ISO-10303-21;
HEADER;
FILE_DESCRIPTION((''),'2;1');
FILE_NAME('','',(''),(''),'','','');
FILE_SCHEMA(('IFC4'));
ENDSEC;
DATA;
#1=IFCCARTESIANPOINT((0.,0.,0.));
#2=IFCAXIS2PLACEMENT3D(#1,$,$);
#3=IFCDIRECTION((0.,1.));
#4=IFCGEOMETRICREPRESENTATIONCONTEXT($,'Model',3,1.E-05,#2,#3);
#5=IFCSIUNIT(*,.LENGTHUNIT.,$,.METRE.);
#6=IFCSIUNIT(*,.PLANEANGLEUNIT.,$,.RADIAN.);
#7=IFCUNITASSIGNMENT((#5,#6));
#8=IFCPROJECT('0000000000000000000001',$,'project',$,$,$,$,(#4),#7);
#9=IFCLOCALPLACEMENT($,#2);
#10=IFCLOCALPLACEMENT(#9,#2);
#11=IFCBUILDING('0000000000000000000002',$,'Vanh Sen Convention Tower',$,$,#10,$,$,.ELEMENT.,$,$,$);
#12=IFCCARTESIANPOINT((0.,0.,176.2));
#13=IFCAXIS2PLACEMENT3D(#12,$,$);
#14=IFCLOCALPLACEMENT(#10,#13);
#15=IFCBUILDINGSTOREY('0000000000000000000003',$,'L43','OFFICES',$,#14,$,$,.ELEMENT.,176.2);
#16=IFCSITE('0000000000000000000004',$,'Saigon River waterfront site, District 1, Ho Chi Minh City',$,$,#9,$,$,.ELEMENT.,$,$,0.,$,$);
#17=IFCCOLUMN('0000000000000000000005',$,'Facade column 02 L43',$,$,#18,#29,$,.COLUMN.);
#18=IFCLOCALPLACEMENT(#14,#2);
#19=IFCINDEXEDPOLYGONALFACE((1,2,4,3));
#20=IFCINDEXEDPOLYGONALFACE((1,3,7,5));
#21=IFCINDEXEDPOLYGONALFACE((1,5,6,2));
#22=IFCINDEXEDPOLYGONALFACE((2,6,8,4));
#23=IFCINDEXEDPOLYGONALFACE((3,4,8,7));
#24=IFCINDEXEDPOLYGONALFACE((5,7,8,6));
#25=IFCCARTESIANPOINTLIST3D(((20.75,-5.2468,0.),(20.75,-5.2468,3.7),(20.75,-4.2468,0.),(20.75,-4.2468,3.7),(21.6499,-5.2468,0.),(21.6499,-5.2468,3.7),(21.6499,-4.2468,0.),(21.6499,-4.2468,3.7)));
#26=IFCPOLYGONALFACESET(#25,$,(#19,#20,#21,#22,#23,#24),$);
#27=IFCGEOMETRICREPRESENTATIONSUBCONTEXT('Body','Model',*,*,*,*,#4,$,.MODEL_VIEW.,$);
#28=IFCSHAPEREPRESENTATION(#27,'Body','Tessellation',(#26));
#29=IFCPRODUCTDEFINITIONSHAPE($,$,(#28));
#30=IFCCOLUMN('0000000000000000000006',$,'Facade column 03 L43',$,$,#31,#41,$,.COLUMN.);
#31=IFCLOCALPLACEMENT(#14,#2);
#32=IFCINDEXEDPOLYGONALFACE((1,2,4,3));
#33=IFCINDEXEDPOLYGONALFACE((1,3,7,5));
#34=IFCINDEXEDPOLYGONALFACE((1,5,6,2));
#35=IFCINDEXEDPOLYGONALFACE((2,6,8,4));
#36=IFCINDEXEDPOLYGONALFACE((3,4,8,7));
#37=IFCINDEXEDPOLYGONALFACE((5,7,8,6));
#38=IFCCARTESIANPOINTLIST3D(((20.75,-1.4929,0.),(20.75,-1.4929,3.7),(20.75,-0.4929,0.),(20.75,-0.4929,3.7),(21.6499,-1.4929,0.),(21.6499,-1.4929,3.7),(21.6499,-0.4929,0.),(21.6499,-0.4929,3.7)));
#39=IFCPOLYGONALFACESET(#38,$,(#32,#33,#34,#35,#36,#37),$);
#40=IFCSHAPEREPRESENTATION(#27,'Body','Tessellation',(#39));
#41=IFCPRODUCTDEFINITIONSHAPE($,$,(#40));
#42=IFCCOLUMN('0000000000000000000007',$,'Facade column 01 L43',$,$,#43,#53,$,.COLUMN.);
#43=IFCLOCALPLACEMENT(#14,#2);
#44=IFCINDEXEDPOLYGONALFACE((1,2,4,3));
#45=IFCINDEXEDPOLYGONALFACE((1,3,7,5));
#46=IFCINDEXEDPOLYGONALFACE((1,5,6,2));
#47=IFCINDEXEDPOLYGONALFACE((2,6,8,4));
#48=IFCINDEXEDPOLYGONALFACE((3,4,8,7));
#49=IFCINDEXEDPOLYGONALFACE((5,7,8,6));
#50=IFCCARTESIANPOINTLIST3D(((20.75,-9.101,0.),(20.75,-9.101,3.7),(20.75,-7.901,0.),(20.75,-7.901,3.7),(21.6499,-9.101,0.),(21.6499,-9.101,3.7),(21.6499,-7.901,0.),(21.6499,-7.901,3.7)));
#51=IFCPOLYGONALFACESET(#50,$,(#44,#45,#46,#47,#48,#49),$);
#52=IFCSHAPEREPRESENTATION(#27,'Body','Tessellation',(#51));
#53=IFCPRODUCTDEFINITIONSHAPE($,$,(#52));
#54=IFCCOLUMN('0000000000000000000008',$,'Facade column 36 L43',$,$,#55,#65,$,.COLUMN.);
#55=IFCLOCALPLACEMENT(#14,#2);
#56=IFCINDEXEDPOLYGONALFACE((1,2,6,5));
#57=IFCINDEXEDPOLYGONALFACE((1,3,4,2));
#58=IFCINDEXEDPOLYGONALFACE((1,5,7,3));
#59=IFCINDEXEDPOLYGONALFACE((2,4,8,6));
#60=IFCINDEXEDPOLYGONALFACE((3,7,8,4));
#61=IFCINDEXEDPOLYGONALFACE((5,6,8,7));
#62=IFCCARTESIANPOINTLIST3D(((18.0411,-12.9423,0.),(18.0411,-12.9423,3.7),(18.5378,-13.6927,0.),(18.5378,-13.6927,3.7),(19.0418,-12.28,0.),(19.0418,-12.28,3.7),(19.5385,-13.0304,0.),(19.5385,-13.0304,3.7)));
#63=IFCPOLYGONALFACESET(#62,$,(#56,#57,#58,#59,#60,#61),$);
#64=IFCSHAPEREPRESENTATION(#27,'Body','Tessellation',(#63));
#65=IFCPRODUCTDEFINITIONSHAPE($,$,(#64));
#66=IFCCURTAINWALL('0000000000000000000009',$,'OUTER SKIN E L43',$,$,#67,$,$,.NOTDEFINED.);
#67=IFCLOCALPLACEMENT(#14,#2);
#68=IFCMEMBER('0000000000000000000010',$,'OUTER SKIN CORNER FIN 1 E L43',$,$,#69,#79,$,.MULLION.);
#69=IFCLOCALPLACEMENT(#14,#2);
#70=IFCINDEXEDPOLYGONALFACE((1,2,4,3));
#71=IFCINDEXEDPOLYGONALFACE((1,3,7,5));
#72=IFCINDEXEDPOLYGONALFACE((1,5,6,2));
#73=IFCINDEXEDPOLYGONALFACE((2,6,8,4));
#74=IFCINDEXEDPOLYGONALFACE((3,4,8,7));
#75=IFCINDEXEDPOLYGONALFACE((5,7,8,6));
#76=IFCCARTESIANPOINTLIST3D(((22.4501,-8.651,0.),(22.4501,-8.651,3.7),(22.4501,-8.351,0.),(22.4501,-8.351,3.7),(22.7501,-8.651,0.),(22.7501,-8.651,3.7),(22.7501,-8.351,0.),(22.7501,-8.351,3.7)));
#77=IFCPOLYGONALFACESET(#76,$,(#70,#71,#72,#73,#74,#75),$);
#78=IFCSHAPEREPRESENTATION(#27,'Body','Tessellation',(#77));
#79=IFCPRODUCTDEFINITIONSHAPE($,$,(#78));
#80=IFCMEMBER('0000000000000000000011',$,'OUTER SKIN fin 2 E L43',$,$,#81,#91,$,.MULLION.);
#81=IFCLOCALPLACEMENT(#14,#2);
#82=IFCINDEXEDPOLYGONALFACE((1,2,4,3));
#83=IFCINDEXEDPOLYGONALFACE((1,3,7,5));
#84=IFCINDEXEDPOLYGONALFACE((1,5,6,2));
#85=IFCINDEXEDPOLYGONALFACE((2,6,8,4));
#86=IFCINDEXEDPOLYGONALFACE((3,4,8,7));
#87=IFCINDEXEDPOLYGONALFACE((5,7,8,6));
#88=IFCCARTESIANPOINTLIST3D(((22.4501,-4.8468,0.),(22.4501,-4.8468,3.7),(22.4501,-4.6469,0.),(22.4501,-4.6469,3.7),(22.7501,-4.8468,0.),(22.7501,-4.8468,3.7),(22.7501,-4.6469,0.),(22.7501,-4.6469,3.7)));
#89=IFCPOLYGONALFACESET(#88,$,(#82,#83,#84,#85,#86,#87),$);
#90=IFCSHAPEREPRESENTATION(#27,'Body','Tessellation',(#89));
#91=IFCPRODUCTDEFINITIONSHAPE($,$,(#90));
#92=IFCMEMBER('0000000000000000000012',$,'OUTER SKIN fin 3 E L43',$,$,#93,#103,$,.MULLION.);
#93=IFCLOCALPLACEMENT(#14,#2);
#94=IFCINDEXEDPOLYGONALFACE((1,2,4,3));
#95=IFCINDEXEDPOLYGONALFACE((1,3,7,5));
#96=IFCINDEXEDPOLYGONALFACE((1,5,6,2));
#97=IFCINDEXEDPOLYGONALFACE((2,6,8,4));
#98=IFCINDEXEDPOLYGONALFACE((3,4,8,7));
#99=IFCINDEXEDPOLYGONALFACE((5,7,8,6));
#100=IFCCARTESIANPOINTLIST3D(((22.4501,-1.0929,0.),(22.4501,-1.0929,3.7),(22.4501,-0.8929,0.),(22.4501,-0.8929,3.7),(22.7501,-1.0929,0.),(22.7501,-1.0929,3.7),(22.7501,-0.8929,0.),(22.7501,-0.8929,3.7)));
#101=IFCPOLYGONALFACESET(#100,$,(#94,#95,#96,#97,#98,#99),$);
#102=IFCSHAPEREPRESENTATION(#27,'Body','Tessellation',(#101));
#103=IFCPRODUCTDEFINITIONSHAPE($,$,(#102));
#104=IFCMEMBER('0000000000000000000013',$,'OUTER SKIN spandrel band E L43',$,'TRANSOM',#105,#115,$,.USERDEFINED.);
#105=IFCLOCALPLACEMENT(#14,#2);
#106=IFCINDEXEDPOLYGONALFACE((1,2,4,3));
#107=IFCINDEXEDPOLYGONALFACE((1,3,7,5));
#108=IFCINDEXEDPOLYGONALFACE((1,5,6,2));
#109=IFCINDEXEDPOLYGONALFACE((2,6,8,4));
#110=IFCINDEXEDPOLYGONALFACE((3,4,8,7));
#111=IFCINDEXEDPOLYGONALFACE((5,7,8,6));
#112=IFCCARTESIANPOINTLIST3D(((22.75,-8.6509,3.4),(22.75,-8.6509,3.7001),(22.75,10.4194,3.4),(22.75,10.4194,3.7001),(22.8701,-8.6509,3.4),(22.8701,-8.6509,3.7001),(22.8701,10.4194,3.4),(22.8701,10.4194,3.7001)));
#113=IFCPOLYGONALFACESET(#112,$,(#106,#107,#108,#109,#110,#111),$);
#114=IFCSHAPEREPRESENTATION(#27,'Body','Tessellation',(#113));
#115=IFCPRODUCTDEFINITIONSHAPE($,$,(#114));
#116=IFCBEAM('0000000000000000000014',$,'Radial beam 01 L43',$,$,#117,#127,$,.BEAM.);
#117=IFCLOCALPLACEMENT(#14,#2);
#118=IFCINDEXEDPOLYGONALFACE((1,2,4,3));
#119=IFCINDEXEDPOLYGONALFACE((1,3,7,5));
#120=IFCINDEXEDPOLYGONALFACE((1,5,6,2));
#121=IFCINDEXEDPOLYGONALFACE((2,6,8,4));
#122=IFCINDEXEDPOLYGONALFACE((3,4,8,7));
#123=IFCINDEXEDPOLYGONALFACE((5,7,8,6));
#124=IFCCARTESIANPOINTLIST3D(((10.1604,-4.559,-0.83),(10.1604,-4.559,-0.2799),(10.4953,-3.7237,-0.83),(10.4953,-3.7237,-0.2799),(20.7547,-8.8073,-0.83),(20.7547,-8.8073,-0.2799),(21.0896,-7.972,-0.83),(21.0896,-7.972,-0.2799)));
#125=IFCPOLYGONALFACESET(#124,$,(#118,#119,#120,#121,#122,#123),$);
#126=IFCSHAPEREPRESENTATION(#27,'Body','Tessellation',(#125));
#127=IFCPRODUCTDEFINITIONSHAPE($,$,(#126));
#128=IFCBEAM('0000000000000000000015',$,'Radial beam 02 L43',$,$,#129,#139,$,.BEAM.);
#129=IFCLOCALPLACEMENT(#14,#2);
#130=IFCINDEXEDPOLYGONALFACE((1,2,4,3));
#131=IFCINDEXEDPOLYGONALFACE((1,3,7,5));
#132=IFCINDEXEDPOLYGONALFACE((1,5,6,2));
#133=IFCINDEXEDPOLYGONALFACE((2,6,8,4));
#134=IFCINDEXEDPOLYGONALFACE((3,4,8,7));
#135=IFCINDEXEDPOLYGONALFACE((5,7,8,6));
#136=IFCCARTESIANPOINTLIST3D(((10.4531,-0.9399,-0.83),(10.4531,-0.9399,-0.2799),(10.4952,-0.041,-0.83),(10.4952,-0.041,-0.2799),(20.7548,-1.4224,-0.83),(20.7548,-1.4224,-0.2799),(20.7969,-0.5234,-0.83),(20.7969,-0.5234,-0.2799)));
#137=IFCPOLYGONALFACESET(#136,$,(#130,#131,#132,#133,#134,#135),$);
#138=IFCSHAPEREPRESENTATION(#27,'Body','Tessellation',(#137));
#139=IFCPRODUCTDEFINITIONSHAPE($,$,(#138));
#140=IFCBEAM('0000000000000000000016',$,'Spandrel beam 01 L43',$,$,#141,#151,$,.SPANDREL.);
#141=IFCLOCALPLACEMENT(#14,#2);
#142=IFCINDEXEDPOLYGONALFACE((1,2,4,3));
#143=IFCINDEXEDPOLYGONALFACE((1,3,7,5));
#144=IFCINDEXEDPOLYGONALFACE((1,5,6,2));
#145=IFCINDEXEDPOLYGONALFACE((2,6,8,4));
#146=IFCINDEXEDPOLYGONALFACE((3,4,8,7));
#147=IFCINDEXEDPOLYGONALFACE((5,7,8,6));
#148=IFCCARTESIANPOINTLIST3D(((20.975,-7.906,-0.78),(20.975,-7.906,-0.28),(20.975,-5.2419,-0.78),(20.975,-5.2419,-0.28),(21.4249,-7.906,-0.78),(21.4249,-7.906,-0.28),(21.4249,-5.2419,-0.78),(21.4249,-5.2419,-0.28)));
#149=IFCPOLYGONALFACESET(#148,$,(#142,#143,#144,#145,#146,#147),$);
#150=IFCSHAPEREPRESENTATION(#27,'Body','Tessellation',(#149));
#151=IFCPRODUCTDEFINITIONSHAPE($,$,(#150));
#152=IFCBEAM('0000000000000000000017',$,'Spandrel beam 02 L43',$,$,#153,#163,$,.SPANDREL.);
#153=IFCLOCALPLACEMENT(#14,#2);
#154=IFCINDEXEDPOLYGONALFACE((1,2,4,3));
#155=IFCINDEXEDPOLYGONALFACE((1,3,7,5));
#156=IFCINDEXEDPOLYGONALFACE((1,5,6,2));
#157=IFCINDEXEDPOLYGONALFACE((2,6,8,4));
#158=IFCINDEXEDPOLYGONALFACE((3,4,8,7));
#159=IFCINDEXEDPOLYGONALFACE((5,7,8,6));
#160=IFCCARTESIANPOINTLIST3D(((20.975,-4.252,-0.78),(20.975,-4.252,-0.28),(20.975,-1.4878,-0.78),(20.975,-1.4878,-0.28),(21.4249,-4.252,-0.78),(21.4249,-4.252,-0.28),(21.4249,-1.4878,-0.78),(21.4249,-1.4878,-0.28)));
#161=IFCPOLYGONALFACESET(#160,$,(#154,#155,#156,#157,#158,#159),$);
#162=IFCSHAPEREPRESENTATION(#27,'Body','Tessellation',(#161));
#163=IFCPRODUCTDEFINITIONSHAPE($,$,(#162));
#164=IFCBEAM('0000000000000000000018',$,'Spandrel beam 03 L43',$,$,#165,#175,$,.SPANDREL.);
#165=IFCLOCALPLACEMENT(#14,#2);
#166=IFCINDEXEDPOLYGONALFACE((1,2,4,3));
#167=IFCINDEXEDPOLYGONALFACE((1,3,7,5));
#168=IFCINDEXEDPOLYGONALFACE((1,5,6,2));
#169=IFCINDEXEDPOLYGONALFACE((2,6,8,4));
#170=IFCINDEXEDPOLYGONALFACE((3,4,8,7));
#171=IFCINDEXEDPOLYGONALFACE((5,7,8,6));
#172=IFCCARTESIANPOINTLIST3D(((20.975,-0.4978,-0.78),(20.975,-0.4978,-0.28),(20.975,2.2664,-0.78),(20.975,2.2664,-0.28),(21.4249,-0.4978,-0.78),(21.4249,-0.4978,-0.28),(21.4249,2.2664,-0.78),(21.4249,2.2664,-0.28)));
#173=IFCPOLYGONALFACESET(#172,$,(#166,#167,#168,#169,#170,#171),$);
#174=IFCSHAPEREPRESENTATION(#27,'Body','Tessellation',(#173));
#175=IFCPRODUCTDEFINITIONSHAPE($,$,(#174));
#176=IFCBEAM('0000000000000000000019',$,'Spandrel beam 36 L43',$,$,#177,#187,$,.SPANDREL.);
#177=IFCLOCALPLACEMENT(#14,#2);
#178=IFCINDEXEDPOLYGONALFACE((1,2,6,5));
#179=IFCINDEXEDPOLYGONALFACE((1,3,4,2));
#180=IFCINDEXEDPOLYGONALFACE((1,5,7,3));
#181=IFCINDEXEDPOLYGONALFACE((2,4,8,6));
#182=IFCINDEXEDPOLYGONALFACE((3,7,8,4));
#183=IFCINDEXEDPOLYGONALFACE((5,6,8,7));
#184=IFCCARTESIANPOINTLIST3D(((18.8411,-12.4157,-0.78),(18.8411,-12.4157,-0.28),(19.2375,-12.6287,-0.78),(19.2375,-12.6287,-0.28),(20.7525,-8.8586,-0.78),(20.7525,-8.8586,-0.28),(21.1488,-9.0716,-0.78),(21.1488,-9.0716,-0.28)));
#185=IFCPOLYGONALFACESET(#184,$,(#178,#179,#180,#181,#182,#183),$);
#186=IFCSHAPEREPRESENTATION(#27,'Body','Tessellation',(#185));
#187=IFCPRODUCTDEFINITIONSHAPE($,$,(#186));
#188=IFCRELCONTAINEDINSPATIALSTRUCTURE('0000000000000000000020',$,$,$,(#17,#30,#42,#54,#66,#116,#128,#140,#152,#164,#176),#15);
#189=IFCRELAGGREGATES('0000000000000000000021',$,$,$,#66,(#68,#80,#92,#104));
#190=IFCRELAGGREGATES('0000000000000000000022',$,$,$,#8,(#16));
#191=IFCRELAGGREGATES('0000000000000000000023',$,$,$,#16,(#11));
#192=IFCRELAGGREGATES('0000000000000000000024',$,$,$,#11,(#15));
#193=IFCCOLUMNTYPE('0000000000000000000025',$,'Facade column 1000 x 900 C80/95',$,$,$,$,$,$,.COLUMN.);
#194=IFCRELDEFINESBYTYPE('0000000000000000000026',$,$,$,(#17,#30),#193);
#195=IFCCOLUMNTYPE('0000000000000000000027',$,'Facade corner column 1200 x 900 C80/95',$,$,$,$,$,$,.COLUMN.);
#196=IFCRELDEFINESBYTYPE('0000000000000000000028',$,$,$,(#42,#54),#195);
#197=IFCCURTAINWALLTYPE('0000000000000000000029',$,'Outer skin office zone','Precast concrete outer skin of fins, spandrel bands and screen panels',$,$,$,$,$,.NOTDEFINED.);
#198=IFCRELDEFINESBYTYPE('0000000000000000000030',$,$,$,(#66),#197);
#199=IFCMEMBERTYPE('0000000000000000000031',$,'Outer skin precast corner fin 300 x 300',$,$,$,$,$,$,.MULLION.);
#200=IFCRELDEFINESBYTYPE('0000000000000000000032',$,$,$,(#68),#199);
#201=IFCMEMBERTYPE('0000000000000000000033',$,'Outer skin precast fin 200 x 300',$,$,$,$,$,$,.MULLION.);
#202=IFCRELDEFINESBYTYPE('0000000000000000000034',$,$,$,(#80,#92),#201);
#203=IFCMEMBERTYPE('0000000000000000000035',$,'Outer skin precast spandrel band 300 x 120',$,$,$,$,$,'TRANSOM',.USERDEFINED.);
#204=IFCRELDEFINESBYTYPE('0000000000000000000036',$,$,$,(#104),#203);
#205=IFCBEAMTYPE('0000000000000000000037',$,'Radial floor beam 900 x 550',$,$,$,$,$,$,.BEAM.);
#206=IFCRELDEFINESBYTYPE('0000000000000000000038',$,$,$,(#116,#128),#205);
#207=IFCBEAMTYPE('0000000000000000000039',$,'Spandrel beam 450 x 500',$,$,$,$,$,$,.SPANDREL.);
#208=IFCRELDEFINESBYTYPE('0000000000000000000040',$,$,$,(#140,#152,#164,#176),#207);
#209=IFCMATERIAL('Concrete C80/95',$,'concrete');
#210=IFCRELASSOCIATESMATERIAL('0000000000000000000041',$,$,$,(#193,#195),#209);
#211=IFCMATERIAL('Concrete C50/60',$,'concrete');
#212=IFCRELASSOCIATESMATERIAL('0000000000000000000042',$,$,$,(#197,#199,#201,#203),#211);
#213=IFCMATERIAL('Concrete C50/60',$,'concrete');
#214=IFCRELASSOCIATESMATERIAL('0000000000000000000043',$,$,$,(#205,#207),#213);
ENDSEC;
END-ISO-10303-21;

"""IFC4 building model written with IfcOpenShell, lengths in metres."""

from ifc_helpers import new_model, si_unit, direction, frame, origin, origin_2d, place, context, subcontext, project, spatial, rectangle, extrude, material, material_profile, profile_set, type_object, element, aggregate, save


model = new_model("IFC4")

# Units and contexts
model_context = context("Model", 3, precision=1e-05, world=origin(), true_north=direction((0.0, 1.0)))
body_context = subcontext(model_context, "Body", "Model", "MODEL_VIEW")
ifc_project = project(units=[si_unit("LENGTHUNIT", "METRE"), si_unit("PLANEANGLEUNIT", "RADIAN")], contexts=[model_context])

# Site, building, storey
site_placement = place(None, origin())
site = spatial("IfcSite", under=ifc_project, at=site_placement, Name="Saigon River waterfront site, District 1, Ho Chi Minh City", CompositionType="ELEMENT", RefElevation=0.0)
building_placement = place(site_placement, origin())
building = spatial("IfcBuilding", under=site, at=building_placement, Name="Vanh Sen Convention Tower", CompositionType="ELEMENT")
storey_placement = place(building_placement, frame((0.0, 0.0, 176.2)))
storey = spatial("IfcBuildingStorey", under=building, at=storey_placement, Name="L43", Description="OFFICES", CompositionType="ELEMENT", Elevation=176.2)

# Columns
ifc_material_1 = material(Name="Concrete C80/95", Category="concrete")
ifc_material_profile_1 = material_profile(ifc_material_1, rectangle(XDim=1.0, YDim=0.8999, at=origin_2d()), Name="RC 1000X900")
ifc_profile_set_1 = profile_set([ifc_material_profile_1], Name="Concrete C80/95")
column_type_1 = type_object("IfcColumnType", Name="Facade column 1000 x 900 C80/95", PredefinedType="COLUMN", material=ifc_profile_set_1)
for number, where, z_axis, x_axis, name in (
    (1, (21.2, -4.7468, 0.0), (0.0, 0.0, 1.0), (0.0, 1.0, 0.0), "Facade column 02 L43"),
    (2, (21.2, -0.9929, 0.0), (0.0, 0.0, 1.0), (0.0, 1.0, 0.0), "Facade column 03 L43"),
):
    element("IfcColumn", number, at=place(storey_placement, frame(where, z_axis=z_axis, x_axis=x_axis)), inside=storey, type_object=column_type_1, Name=name, PredefinedType="COLUMN", context=body_context, shape_type="SweptSolid", body=[
        extrude(rectangle(XDim=1.0, YDim=0.8999, at=origin_2d()), origin(), (0.0, 0.0, 1.0), 3.7),
    ])
ifc_material_profile_2 = material_profile(ifc_material_1, rectangle(XDim=1.2, YDim=0.8999, at=origin_2d()), Name="RC 1200X900")
ifc_profile_set_2 = profile_set([ifc_material_profile_2], Name="Concrete C80/95")
column_type_2 = type_object("IfcColumnType", Name="Facade corner column 1200 x 900 C80/95", PredefinedType="COLUMN", material=ifc_profile_set_2)
for number, where, z_axis, x_axis, name in (
    (3, (21.2, -8.501, 0.0), (0.0, 0.0, 1.0), (0.0, 1.0, 0.0), "Facade column 01 L43"),
    (4, (18.7898, -12.9863, 0.0), (0.0, 0.0, 1.0), (0.833886, 0.551937, 0.0), "Facade column 36 L43"),
):
    element("IfcColumn", number, at=place(storey_placement, frame(where, z_axis=z_axis, x_axis=x_axis)), inside=storey, type_object=column_type_2, Name=name, PredefinedType="COLUMN", context=body_context, shape_type="SweptSolid", body=[
        extrude(rectangle(XDim=1.2, YDim=0.8999, at=origin_2d()), origin(), (0.0, 0.0, 1.0), 3.7),
    ])

# Curtain wall, members
ifc_material_2 = material(Name="Concrete C50/60", Category="concrete")
curtain_wall_type = type_object("IfcCurtainWallType", Name="Outer skin office zone", Description="Precast concrete outer skin of fins, spandrel bands and screen panels", PredefinedType="NOTDEFINED", material=ifc_material_2)
curtain_wall_1_placement = place(storey_placement, origin())
curtain_wall_1 = element("IfcCurtainWall", 5, at=curtain_wall_1_placement, inside=storey, type_object=curtain_wall_type, Name="OUTER SKIN E L43", PredefinedType="NOTDEFINED")
ifc_material_profile_3 = material_profile(ifc_material_2, rectangle(XDim=0.3, YDim=0.3, at=origin_2d()), Name="Outer skin precast corner fin 300 x 300")
ifc_profile_set_3 = profile_set([ifc_material_profile_3], Name="Concrete C50/60")
member_type_1 = type_object("IfcMemberType", Name="Outer skin precast corner fin 300 x 300", PredefinedType="MULLION", material=ifc_profile_set_3)
member_1_placement = place(storey_placement, frame((22.6001, -8.501, 0.0), z_axis=(0.0, 0.0, 1.0), x_axis=(0.0, 1.0, 0.0)))
member_1 = element("IfcMember", 6, at=member_1_placement, type_object=member_type_1, Name="OUTER SKIN CORNER FIN 1 E L43", PredefinedType="MULLION", context=body_context, shape_type="SweptSolid", body=[
    extrude(rectangle(XDim=0.3, YDim=0.3, at=origin_2d()), origin(), (0.0, 0.0, 1.0), 3.7),
])
ifc_material_profile_4 = material_profile(ifc_material_2, rectangle(XDim=0.2, YDim=0.3, at=origin_2d()), Name="Outer skin precast fin 200 x 300")
ifc_profile_set_4 = profile_set([ifc_material_profile_4], Name="Concrete C50/60")
member_type_2 = type_object("IfcMemberType", Name="Outer skin precast fin 200 x 300", PredefinedType="MULLION", material=ifc_profile_set_4)
member_2_placement = place(storey_placement, frame((22.6001, -4.7468, 0.0), z_axis=(0.0, 0.0, 1.0), x_axis=(0.0, 1.0, 0.0)))
member_2 = element("IfcMember", 7, at=member_2_placement, type_object=member_type_2, Name="OUTER SKIN fin 2 E L43", PredefinedType="MULLION", context=body_context, shape_type="SweptSolid", body=[
    extrude(rectangle(XDim=0.2, YDim=0.3, at=origin_2d()), origin(), (0.0, 0.0, 1.0), 3.7),
])
member_3_placement = place(storey_placement, frame((22.6001, -0.9929, 0.0), z_axis=(0.0, 0.0, 1.0), x_axis=(0.0, 1.0, 0.0)))
member_3 = element("IfcMember", 8, at=member_3_placement, type_object=member_type_2, Name="OUTER SKIN fin 3 E L43", PredefinedType="MULLION", context=body_context, shape_type="SweptSolid", body=[
    extrude(rectangle(XDim=0.2, YDim=0.3, at=origin_2d()), origin(), (0.0, 0.0, 1.0), 3.7),
])
ifc_material_profile_5 = material_profile(ifc_material_2, rectangle(XDim=0.1201, YDim=0.3, at=origin_2d()), Name="Outer skin precast spandrel band 300 x 120")
ifc_profile_set_5 = profile_set([ifc_material_profile_5], Name="Concrete C50/60")
member_type_3 = type_object("IfcMemberType", Name="Outer skin precast spandrel band 300 x 120", ElementType="TRANSOM", PredefinedType="USERDEFINED", material=ifc_profile_set_5)
member_4_placement = place(storey_placement, frame((22.8101, -8.6509, 3.55), z_axis=(0.0, 1.0, 0.0), x_axis=(-1.0, 0.0, 0.0)))
member_4 = element("IfcMember", 9, at=member_4_placement, type_object=member_type_3, Name="OUTER SKIN spandrel band E L43", ObjectType="TRANSOM", PredefinedType="USERDEFINED", context=body_context, shape_type="SweptSolid", body=[
    extrude(rectangle(XDim=0.1201, YDim=0.3, at=origin_2d()), origin(), (0.0, 0.0, 1.0), 19.0703),
])

# Beams
ifc_material_3 = material(Name="Concrete C50/60", Category="concrete")
ifc_material_profile_6 = material_profile(ifc_material_3, rectangle(XDim=0.8999, YDim=0.55, at=origin_2d()), Name="RC 900X550")
ifc_profile_set_6 = profile_set([ifc_material_profile_6], Name="Concrete C50/60")
beam_type_1 = type_object("IfcBeamType", Name="Radial floor beam 900 x 550", PredefinedType="BEAM", material=ifc_profile_set_6)
beam_1_placement = place(storey_placement, frame((20.9221, -8.3896, -0.5549), z_axis=(-0.928156, 0.372191, 0.0), x_axis=(-0.372191, -0.928156, 0.0)))
element("IfcBeam", 10, at=beam_1_placement, inside=storey, type_object=beam_type_1, Name="Radial beam 01 L43", PredefinedType="BEAM", context=body_context, shape_type="SweptSolid", body=[
    extrude(rectangle(XDim=0.8999, YDim=0.55, at=origin_2d()), origin(), (0.0, 0.0, 1.0), 11.4143),
])
beam_2_placement = place(storey_placement, frame((20.7759, -0.9729, -0.5549), z_axis=(-0.998905, 0.046778, 0.0), x_axis=(-0.046778, -0.998905, 0.0)))
element("IfcBeam", 11, at=beam_2_placement, inside=storey, type_object=beam_type_1, Name="Radial beam 02 L43", PredefinedType="BEAM", context=body_context, shape_type="SweptSolid", body=[
    extrude(rectangle(XDim=0.8999, YDim=0.55, at=origin_2d()), origin(), (0.0, 0.0, 1.0), 10.313),
])
ifc_material_profile_7 = material_profile(ifc_material_3, rectangle(XDim=0.45, YDim=0.5, at=origin_2d()), Name="RC 450X500")
ifc_profile_set_7 = profile_set([ifc_material_profile_7], Name="Concrete C50/60")
beam_type_2 = type_object("IfcBeamType", Name="Spandrel beam 450 x 500", PredefinedType="SPANDREL", material=ifc_profile_set_7)
beam_3_placement = place(storey_placement, frame((21.2, -7.906, -0.53), z_axis=(0.0, 1.0, 0.0), x_axis=(-1.0, 0.0, 0.0)))
element("IfcBeam", 12, at=beam_3_placement, inside=storey, type_object=beam_type_2, Name="Spandrel beam 01 L43", PredefinedType="SPANDREL", context=body_context, shape_type="SweptSolid", body=[
    extrude(rectangle(XDim=0.45, YDim=0.5, at=origin_2d()), origin(), (0.0, 0.0, 1.0), 2.6641),
])
for number, where, z_axis, x_axis, name in (
    (13, (21.2, -4.252, -0.53), (0.0, 1.0, 0.0), (-1.0, 0.0, 0.0), "Spandrel beam 02 L43"),
    (14, (21.2, -0.4978, -0.53), (0.0, 1.0, 0.0), (-1.0, 0.0, 0.0), "Spandrel beam 03 L43"),
):
    element("IfcBeam", number, at=place(storey_placement, frame(where, z_axis=z_axis, x_axis=x_axis)), inside=storey, type_object=beam_type_2, Name=name, PredefinedType="SPANDREL", context=body_context, shape_type="SweptSolid", body=[
        extrude(rectangle(XDim=0.45, YDim=0.5, at=origin_2d()), origin(), (0.0, 0.0, 1.0), 2.7642),
    ])
beam_4_placement = place(storey_placement, frame((19.0393, -12.5222, -0.53), z_axis=(0.473332, 0.880884, 0.0), x_axis=(-0.880884, 0.473332, 0.0)))
element("IfcBeam", 15, at=beam_4_placement, inside=storey, type_object=beam_type_2, Name="Spandrel beam 36 L43", PredefinedType="SPANDREL", context=body_context, shape_type="SweptSolid", body=[
    extrude(rectangle(XDim=0.45, YDim=0.5, at=origin_2d()), origin(), (0.0, 0.0, 1.0), 4.0381),
])

aggregate(curtain_wall_1, [member_1, member_2, member_3, member_4])

save(model, "model.ifc")
